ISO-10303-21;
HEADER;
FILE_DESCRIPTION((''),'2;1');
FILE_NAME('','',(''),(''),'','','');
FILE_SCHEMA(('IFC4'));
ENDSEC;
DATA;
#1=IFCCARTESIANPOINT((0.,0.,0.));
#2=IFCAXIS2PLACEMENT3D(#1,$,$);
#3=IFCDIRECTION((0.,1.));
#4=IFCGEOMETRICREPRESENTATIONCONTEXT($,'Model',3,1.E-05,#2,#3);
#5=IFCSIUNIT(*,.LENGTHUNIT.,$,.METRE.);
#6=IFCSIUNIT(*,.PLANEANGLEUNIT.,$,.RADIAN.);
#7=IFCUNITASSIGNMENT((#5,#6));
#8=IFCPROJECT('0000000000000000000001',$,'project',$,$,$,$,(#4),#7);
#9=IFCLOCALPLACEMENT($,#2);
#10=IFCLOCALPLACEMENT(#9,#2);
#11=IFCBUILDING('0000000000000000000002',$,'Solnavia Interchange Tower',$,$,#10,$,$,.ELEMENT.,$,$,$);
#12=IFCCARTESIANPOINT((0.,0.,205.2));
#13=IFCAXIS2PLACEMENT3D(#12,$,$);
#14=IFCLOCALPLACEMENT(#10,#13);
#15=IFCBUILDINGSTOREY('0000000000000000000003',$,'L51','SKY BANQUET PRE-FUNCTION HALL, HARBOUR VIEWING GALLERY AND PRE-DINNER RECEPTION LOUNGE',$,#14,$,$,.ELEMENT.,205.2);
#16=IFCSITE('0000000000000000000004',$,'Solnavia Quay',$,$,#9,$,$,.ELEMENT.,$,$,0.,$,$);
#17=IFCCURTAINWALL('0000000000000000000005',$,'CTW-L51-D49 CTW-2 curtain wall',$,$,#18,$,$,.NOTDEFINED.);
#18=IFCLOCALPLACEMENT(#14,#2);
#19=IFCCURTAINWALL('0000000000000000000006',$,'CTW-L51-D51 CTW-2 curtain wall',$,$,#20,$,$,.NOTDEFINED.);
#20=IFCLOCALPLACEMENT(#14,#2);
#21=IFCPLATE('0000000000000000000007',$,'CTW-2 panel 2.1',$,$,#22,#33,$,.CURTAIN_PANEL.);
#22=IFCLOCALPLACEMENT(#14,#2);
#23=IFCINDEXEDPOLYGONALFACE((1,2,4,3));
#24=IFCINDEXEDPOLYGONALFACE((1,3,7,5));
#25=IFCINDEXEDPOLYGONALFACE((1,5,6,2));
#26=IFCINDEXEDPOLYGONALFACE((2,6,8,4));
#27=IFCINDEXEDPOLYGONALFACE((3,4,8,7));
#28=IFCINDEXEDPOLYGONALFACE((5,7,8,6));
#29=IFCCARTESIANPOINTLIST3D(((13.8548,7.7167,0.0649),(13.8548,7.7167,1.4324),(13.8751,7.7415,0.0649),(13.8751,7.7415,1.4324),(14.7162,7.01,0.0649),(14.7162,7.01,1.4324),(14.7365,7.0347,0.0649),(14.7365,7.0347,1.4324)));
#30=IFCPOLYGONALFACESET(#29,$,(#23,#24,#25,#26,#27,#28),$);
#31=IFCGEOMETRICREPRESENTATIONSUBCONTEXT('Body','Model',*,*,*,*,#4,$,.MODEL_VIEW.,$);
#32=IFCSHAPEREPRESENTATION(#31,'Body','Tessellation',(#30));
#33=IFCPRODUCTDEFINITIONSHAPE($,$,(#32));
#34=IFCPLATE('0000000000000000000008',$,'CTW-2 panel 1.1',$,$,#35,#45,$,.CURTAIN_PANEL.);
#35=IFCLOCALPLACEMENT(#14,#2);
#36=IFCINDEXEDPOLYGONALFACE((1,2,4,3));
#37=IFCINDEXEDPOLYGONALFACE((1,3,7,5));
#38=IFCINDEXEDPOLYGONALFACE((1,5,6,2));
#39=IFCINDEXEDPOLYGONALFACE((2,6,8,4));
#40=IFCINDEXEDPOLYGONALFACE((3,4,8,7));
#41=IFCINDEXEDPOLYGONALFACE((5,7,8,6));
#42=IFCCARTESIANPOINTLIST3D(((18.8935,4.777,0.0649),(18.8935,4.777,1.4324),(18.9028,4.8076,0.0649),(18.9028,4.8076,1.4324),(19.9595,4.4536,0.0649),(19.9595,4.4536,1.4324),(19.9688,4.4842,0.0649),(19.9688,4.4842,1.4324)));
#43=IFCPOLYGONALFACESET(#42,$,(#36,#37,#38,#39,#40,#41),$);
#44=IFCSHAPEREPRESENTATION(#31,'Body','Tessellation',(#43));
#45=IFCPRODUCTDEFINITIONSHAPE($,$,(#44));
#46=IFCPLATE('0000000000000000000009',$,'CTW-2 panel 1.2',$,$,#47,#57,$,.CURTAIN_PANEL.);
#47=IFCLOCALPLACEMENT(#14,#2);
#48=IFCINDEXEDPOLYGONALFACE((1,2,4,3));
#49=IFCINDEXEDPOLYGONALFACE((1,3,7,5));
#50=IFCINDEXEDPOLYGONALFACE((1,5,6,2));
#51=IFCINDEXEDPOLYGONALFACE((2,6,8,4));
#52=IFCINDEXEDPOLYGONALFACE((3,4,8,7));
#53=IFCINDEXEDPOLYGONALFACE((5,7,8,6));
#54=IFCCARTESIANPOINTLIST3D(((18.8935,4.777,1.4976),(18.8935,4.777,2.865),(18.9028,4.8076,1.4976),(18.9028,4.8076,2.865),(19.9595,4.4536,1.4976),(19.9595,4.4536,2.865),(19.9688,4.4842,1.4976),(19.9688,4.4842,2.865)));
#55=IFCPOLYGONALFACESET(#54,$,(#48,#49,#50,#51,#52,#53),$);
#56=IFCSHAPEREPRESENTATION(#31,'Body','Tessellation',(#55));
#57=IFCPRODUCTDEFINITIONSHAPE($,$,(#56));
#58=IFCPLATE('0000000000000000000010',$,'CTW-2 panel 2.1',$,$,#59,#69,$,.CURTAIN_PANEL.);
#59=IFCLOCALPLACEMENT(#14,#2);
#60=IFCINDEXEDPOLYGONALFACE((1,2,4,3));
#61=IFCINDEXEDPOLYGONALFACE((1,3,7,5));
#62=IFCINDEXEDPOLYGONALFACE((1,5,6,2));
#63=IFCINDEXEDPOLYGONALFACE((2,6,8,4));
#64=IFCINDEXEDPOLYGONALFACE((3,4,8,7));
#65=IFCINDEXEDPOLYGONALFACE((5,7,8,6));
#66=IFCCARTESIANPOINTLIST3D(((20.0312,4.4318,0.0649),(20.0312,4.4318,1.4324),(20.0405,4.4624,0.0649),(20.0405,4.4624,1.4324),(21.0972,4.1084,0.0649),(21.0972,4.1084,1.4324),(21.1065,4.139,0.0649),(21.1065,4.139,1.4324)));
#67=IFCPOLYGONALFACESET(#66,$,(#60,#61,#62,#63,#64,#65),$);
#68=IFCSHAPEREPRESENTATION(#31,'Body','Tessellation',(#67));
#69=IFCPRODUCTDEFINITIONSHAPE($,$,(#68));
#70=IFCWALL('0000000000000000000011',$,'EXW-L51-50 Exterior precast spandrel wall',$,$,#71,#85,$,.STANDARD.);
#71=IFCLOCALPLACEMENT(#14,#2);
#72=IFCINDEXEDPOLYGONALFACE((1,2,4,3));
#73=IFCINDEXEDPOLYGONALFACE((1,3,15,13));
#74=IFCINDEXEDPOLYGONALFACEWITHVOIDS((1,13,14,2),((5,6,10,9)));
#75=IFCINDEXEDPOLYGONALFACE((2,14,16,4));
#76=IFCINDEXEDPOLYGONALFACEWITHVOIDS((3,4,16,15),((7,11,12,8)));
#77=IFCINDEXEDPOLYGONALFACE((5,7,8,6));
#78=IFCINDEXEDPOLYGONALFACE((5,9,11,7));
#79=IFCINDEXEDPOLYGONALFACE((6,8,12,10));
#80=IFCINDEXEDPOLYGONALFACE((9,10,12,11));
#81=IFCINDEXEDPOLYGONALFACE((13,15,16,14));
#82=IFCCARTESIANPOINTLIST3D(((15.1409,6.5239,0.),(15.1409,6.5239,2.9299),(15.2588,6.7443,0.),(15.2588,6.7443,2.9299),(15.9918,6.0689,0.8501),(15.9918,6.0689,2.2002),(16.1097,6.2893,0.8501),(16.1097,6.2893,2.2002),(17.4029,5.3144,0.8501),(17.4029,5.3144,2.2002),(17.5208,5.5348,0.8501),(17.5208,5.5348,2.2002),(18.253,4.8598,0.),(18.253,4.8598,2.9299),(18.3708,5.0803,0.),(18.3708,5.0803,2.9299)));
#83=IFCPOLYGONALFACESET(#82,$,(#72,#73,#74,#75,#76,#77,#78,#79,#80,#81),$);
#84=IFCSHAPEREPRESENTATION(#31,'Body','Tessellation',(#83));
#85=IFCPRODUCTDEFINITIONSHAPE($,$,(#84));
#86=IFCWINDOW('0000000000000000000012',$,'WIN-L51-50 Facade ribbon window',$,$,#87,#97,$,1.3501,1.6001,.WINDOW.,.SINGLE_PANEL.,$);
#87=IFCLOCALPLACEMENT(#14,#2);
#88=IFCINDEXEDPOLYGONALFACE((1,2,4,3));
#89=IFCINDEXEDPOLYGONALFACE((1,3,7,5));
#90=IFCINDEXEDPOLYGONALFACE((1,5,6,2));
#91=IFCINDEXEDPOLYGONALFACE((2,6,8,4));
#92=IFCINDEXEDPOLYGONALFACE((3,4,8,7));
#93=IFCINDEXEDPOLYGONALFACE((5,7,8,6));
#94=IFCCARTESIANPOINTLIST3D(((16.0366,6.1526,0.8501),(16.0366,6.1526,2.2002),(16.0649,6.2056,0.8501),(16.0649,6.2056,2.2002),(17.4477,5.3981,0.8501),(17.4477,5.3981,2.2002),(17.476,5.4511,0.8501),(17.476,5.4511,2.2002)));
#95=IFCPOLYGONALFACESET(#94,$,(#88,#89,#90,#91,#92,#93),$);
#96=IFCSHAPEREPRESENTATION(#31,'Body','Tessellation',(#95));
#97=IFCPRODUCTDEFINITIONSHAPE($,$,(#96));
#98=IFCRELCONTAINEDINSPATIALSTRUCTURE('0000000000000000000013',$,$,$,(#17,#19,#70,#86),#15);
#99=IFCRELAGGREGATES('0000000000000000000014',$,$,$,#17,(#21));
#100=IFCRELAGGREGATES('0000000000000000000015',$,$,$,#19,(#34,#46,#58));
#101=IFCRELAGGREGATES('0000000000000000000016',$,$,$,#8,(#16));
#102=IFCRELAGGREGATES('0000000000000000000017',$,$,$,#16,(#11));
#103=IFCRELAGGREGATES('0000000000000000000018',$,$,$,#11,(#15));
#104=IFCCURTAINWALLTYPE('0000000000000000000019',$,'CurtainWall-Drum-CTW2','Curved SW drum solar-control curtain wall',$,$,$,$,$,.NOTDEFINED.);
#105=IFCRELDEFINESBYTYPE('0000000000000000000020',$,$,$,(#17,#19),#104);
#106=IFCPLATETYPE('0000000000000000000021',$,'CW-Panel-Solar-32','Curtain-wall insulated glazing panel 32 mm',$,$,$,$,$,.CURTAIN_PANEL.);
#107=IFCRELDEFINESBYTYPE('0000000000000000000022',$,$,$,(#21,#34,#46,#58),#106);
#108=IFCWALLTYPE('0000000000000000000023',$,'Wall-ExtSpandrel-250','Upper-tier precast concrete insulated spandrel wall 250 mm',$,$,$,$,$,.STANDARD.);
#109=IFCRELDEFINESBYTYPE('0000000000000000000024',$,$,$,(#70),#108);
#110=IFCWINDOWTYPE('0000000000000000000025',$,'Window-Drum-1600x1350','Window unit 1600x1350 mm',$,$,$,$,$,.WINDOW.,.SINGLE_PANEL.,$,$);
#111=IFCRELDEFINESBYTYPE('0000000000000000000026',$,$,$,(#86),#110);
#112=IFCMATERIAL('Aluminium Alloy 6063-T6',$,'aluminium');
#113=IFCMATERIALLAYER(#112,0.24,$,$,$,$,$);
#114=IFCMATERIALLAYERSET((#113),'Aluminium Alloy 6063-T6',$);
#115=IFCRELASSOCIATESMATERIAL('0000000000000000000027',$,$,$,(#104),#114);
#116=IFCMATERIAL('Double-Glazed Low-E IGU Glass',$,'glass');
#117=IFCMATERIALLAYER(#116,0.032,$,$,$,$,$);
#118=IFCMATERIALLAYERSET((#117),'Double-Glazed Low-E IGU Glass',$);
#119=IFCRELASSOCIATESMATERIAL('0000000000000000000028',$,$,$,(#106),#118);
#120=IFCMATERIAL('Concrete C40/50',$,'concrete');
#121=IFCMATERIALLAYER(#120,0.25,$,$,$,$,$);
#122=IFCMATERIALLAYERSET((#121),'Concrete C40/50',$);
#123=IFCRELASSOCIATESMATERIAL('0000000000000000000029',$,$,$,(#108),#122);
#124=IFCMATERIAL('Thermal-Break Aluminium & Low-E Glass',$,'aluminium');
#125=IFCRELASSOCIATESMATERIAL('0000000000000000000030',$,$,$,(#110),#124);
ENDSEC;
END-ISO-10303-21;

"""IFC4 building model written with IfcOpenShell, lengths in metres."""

from ifc_helpers import new_model, si_unit, direction, frame, frame_2d, origin, origin_2d, place, context, subcontext, project, spatial, rectangle, extrude, material, layer, layer_set, type_object, element, fill, aggregate, save


model = new_model("IFC4")

# Units and contexts
model_context = context("Model", 3, precision=1e-05, world=origin(), true_north=direction((0.0, 1.0)))
body_context = subcontext(model_context, "Body", "Model", "MODEL_VIEW")
ifc_project = project(units=[si_unit("LENGTHUNIT", "METRE"), si_unit("PLANEANGLEUNIT", "RADIAN")], contexts=[model_context])

# Site, building, storey
site_placement = place(None, origin())
site = spatial("IfcSite", under=ifc_project, at=site_placement, Name="Solnavia Quay", CompositionType="ELEMENT", RefElevation=0.0)
building_placement = place(site_placement, origin())
building = spatial("IfcBuilding", under=site, at=building_placement, Name="Solnavia Interchange Tower", CompositionType="ELEMENT")
storey_placement = place(building_placement, frame((0.0, 0.0, 205.2)))
storey = spatial("IfcBuildingStorey", under=building, at=storey_placement, Name="L51", Description="SKY BANQUET PRE-FUNCTION HALL, HARBOUR VIEWING GALLERY AND PRE-DINNER RECEPTION LOUNGE", CompositionType="ELEMENT", Elevation=205.2)

# Curtain wall
ifc_material_1 = material(Name="Aluminium Alloy 6063-T6", Category="aluminium")
ifc_layer_1 = layer(ifc_material_1, 0.24)
ifc_layer_set_1 = layer_set([ifc_layer_1], Name="Aluminium Alloy 6063-T6")
curtain_wall_type = type_object("IfcCurtainWallType", Name="CurtainWall-Drum-CTW2", Description="Curved SW drum solar-control curtain wall", PredefinedType="NOTDEFINED", material=ifc_layer_set_1)
curtain_wall_1_placement = place(storey_placement, origin())
curtain_wall_1 = element("IfcCurtainWall", 1, at=curtain_wall_1_placement, inside=storey, type_object=curtain_wall_type, Name="CTW-L51-D49 CTW-2 curtain wall", PredefinedType="NOTDEFINED")

# Curtain wall
curtain_wall_2_placement = place(storey_placement, origin())
curtain_wall_2 = element("IfcCurtainWall", 2, at=curtain_wall_2_placement, inside=storey, type_object=curtain_wall_type, Name="CTW-L51-D51 CTW-2 curtain wall", PredefinedType="NOTDEFINED")

# Plates
ifc_material_2 = material(Name="Double-Glazed Low-E IGU Glass", Category="glass")
ifc_layer_2 = layer(ifc_material_2, 0.032)
ifc_layer_set_2 = layer_set([ifc_layer_2], Name="Double-Glazed Low-E IGU Glass")
plate_type = type_object("IfcPlateType", Name="CW-Panel-Solar-32", Description="Curtain-wall insulated glazing panel 32 mm", PredefinedType="CURTAIN_PANEL", material=ifc_layer_set_2)
plate_1_placement = place(storey_placement, frame((14.2957, 7.3757, 0.0649), z_axis=(0.0, 0.0, 1.0), x_axis=(0.773103, -0.63428, 0.0)))
plate_1 = element("IfcPlate", 3, at=plate_1_placement, type_object=plate_type, Name="CTW-2 panel 2.1", PredefinedType="CURTAIN_PANEL", context=body_context, shape_type="SweptSolid", body=[
    extrude(rectangle(XDim=1.1143, YDim=0.032, at=origin_2d()), origin(), (0.0, 0.0, 1.0), 1.3674),
])
aggregate(curtain_wall_1, [plate_1])
plate_2_placement = place(storey_placement, frame((19.4312, 4.6306, 0.0649), z_axis=(0.0, 0.0, 1.0), x_axis=(0.956942, -0.290279, 0.0)))
plate_2 = element("IfcPlate", 4, at=plate_2_placement, type_object=plate_type, Name="CTW-2 panel 1.1", PredefinedType="CURTAIN_PANEL", context=body_context, shape_type="SweptSolid", body=[
    extrude(rectangle(XDim=1.114, YDim=0.032, at=origin_2d()), origin(), (0.0, 0.0, 1.0), 1.3674),
])
plate_3_placement = place(storey_placement, frame((19.4312, 4.6306, 1.4976), z_axis=(0.0, 0.0, 1.0), x_axis=(0.956942, -0.290279, 0.0)))
plate_3 = element("IfcPlate", 5, at=plate_3_placement, type_object=plate_type, Name="CTW-2 panel 1.2", PredefinedType="CURTAIN_PANEL", context=body_context, shape_type="SweptSolid", body=[
    extrude(rectangle(XDim=1.114, YDim=0.032, at=origin_2d()), origin(), (0.0, 0.0, 1.0), 1.3674),
])
plate_4_placement = place(storey_placement, frame((20.5688, 4.2854, 0.0649), z_axis=(0.0, 0.0, 1.0), x_axis=(0.956942, -0.290279, 0.0)))
plate_4 = element("IfcPlate", 6, at=plate_4_placement, type_object=plate_type, Name="CTW-2 panel 2.1", PredefinedType="CURTAIN_PANEL", context=body_context, shape_type="SweptSolid", body=[
    extrude(rectangle(XDim=1.114, YDim=0.032, at=origin_2d()), origin(), (0.0, 0.0, 1.0), 1.3674),
])
aggregate(curtain_wall_2, [plate_2, plate_3, plate_4])

# Wall, opening, window
ifc_material_3 = material(Name="Concrete C40/50", Category="concrete")
ifc_layer_3 = layer(ifc_material_3, 0.25)
ifc_layer_set_3 = layer_set([ifc_layer_3], Name="Concrete C40/50")
wall_type = type_object("IfcWallType", Name="Wall-ExtSpandrel-250", Description="Upper-tier precast concrete insulated spandrel wall 250 mm", PredefinedType="STANDARD", material=ifc_layer_set_3)
wall_placement = place(storey_placement, frame((18.312, 4.97, 0.0), z_axis=(0.0, 0.0, 1.0), x_axis=(-0.881847, 0.471536, 0.0)))
wall = element("IfcWall", 7, at=wall_placement, inside=storey, type_object=wall_type, Name="EXW-L51-50 Exterior precast spandrel wall", PredefinedType="STANDARD", context=body_context, shape_type="SweptSolid", body=[
    extrude(rectangle(XDim=3.5291, YDim=0.25, at=frame_2d((1.7646, 0.0))), origin(), (0.0, 0.0, 1.0), 2.9299),
])
opening_placement = place(wall_placement, frame((0.9641, 0.0, 0.8501)))
opening = element("IfcOpeningElement", 8, at=opening_placement, cuts=wall, PredefinedType="OPENING", context=body_context, shape_type="SweptSolid", body=[
    extrude(rectangle(XDim=1.6001, YDim=1.3501, at=frame_2d((0.8, 0.675))), frame((0.0, 0.135, 0.0), z_axis=(0.0, -1.0, 0.0), x_axis=(1.0, 0.0, 0.0)), (0.0, 0.0, 1.0), 0.27),
])
ifc_material_4 = material(Name="Thermal-Break Aluminium & Low-E Glass", Category="aluminium")
window_type = type_object("IfcWindowType", Name="Window-Drum-1600x1350", Description="Window unit 1600x1350 mm", PartitioningType="SINGLE_PANEL", PredefinedType="WINDOW", material=ifc_material_4)
window_placement = place(opening_placement, origin())
window = element("IfcWindow", 9, at=window_placement, inside=storey, type_object=window_type, Name="WIN-L51-50 Facade ribbon window", OverallHeight=1.3501, OverallWidth=1.6001, PartitioningType="SINGLE_PANEL", PredefinedType="WINDOW", context=body_context, shape_type="SweptSolid", body=[
    extrude(rectangle(XDim=1.6001, YDim=1.3501, at=frame_2d((0.8, 0.675))), frame((0.0, 0.03, 0.0), z_axis=(0.0, -1.0, 0.0), x_axis=(1.0, 0.0, 0.0)), (0.0, 0.0, 1.0), 0.0601),
])
fill(opening, window)

save(model, "model.ifc")
